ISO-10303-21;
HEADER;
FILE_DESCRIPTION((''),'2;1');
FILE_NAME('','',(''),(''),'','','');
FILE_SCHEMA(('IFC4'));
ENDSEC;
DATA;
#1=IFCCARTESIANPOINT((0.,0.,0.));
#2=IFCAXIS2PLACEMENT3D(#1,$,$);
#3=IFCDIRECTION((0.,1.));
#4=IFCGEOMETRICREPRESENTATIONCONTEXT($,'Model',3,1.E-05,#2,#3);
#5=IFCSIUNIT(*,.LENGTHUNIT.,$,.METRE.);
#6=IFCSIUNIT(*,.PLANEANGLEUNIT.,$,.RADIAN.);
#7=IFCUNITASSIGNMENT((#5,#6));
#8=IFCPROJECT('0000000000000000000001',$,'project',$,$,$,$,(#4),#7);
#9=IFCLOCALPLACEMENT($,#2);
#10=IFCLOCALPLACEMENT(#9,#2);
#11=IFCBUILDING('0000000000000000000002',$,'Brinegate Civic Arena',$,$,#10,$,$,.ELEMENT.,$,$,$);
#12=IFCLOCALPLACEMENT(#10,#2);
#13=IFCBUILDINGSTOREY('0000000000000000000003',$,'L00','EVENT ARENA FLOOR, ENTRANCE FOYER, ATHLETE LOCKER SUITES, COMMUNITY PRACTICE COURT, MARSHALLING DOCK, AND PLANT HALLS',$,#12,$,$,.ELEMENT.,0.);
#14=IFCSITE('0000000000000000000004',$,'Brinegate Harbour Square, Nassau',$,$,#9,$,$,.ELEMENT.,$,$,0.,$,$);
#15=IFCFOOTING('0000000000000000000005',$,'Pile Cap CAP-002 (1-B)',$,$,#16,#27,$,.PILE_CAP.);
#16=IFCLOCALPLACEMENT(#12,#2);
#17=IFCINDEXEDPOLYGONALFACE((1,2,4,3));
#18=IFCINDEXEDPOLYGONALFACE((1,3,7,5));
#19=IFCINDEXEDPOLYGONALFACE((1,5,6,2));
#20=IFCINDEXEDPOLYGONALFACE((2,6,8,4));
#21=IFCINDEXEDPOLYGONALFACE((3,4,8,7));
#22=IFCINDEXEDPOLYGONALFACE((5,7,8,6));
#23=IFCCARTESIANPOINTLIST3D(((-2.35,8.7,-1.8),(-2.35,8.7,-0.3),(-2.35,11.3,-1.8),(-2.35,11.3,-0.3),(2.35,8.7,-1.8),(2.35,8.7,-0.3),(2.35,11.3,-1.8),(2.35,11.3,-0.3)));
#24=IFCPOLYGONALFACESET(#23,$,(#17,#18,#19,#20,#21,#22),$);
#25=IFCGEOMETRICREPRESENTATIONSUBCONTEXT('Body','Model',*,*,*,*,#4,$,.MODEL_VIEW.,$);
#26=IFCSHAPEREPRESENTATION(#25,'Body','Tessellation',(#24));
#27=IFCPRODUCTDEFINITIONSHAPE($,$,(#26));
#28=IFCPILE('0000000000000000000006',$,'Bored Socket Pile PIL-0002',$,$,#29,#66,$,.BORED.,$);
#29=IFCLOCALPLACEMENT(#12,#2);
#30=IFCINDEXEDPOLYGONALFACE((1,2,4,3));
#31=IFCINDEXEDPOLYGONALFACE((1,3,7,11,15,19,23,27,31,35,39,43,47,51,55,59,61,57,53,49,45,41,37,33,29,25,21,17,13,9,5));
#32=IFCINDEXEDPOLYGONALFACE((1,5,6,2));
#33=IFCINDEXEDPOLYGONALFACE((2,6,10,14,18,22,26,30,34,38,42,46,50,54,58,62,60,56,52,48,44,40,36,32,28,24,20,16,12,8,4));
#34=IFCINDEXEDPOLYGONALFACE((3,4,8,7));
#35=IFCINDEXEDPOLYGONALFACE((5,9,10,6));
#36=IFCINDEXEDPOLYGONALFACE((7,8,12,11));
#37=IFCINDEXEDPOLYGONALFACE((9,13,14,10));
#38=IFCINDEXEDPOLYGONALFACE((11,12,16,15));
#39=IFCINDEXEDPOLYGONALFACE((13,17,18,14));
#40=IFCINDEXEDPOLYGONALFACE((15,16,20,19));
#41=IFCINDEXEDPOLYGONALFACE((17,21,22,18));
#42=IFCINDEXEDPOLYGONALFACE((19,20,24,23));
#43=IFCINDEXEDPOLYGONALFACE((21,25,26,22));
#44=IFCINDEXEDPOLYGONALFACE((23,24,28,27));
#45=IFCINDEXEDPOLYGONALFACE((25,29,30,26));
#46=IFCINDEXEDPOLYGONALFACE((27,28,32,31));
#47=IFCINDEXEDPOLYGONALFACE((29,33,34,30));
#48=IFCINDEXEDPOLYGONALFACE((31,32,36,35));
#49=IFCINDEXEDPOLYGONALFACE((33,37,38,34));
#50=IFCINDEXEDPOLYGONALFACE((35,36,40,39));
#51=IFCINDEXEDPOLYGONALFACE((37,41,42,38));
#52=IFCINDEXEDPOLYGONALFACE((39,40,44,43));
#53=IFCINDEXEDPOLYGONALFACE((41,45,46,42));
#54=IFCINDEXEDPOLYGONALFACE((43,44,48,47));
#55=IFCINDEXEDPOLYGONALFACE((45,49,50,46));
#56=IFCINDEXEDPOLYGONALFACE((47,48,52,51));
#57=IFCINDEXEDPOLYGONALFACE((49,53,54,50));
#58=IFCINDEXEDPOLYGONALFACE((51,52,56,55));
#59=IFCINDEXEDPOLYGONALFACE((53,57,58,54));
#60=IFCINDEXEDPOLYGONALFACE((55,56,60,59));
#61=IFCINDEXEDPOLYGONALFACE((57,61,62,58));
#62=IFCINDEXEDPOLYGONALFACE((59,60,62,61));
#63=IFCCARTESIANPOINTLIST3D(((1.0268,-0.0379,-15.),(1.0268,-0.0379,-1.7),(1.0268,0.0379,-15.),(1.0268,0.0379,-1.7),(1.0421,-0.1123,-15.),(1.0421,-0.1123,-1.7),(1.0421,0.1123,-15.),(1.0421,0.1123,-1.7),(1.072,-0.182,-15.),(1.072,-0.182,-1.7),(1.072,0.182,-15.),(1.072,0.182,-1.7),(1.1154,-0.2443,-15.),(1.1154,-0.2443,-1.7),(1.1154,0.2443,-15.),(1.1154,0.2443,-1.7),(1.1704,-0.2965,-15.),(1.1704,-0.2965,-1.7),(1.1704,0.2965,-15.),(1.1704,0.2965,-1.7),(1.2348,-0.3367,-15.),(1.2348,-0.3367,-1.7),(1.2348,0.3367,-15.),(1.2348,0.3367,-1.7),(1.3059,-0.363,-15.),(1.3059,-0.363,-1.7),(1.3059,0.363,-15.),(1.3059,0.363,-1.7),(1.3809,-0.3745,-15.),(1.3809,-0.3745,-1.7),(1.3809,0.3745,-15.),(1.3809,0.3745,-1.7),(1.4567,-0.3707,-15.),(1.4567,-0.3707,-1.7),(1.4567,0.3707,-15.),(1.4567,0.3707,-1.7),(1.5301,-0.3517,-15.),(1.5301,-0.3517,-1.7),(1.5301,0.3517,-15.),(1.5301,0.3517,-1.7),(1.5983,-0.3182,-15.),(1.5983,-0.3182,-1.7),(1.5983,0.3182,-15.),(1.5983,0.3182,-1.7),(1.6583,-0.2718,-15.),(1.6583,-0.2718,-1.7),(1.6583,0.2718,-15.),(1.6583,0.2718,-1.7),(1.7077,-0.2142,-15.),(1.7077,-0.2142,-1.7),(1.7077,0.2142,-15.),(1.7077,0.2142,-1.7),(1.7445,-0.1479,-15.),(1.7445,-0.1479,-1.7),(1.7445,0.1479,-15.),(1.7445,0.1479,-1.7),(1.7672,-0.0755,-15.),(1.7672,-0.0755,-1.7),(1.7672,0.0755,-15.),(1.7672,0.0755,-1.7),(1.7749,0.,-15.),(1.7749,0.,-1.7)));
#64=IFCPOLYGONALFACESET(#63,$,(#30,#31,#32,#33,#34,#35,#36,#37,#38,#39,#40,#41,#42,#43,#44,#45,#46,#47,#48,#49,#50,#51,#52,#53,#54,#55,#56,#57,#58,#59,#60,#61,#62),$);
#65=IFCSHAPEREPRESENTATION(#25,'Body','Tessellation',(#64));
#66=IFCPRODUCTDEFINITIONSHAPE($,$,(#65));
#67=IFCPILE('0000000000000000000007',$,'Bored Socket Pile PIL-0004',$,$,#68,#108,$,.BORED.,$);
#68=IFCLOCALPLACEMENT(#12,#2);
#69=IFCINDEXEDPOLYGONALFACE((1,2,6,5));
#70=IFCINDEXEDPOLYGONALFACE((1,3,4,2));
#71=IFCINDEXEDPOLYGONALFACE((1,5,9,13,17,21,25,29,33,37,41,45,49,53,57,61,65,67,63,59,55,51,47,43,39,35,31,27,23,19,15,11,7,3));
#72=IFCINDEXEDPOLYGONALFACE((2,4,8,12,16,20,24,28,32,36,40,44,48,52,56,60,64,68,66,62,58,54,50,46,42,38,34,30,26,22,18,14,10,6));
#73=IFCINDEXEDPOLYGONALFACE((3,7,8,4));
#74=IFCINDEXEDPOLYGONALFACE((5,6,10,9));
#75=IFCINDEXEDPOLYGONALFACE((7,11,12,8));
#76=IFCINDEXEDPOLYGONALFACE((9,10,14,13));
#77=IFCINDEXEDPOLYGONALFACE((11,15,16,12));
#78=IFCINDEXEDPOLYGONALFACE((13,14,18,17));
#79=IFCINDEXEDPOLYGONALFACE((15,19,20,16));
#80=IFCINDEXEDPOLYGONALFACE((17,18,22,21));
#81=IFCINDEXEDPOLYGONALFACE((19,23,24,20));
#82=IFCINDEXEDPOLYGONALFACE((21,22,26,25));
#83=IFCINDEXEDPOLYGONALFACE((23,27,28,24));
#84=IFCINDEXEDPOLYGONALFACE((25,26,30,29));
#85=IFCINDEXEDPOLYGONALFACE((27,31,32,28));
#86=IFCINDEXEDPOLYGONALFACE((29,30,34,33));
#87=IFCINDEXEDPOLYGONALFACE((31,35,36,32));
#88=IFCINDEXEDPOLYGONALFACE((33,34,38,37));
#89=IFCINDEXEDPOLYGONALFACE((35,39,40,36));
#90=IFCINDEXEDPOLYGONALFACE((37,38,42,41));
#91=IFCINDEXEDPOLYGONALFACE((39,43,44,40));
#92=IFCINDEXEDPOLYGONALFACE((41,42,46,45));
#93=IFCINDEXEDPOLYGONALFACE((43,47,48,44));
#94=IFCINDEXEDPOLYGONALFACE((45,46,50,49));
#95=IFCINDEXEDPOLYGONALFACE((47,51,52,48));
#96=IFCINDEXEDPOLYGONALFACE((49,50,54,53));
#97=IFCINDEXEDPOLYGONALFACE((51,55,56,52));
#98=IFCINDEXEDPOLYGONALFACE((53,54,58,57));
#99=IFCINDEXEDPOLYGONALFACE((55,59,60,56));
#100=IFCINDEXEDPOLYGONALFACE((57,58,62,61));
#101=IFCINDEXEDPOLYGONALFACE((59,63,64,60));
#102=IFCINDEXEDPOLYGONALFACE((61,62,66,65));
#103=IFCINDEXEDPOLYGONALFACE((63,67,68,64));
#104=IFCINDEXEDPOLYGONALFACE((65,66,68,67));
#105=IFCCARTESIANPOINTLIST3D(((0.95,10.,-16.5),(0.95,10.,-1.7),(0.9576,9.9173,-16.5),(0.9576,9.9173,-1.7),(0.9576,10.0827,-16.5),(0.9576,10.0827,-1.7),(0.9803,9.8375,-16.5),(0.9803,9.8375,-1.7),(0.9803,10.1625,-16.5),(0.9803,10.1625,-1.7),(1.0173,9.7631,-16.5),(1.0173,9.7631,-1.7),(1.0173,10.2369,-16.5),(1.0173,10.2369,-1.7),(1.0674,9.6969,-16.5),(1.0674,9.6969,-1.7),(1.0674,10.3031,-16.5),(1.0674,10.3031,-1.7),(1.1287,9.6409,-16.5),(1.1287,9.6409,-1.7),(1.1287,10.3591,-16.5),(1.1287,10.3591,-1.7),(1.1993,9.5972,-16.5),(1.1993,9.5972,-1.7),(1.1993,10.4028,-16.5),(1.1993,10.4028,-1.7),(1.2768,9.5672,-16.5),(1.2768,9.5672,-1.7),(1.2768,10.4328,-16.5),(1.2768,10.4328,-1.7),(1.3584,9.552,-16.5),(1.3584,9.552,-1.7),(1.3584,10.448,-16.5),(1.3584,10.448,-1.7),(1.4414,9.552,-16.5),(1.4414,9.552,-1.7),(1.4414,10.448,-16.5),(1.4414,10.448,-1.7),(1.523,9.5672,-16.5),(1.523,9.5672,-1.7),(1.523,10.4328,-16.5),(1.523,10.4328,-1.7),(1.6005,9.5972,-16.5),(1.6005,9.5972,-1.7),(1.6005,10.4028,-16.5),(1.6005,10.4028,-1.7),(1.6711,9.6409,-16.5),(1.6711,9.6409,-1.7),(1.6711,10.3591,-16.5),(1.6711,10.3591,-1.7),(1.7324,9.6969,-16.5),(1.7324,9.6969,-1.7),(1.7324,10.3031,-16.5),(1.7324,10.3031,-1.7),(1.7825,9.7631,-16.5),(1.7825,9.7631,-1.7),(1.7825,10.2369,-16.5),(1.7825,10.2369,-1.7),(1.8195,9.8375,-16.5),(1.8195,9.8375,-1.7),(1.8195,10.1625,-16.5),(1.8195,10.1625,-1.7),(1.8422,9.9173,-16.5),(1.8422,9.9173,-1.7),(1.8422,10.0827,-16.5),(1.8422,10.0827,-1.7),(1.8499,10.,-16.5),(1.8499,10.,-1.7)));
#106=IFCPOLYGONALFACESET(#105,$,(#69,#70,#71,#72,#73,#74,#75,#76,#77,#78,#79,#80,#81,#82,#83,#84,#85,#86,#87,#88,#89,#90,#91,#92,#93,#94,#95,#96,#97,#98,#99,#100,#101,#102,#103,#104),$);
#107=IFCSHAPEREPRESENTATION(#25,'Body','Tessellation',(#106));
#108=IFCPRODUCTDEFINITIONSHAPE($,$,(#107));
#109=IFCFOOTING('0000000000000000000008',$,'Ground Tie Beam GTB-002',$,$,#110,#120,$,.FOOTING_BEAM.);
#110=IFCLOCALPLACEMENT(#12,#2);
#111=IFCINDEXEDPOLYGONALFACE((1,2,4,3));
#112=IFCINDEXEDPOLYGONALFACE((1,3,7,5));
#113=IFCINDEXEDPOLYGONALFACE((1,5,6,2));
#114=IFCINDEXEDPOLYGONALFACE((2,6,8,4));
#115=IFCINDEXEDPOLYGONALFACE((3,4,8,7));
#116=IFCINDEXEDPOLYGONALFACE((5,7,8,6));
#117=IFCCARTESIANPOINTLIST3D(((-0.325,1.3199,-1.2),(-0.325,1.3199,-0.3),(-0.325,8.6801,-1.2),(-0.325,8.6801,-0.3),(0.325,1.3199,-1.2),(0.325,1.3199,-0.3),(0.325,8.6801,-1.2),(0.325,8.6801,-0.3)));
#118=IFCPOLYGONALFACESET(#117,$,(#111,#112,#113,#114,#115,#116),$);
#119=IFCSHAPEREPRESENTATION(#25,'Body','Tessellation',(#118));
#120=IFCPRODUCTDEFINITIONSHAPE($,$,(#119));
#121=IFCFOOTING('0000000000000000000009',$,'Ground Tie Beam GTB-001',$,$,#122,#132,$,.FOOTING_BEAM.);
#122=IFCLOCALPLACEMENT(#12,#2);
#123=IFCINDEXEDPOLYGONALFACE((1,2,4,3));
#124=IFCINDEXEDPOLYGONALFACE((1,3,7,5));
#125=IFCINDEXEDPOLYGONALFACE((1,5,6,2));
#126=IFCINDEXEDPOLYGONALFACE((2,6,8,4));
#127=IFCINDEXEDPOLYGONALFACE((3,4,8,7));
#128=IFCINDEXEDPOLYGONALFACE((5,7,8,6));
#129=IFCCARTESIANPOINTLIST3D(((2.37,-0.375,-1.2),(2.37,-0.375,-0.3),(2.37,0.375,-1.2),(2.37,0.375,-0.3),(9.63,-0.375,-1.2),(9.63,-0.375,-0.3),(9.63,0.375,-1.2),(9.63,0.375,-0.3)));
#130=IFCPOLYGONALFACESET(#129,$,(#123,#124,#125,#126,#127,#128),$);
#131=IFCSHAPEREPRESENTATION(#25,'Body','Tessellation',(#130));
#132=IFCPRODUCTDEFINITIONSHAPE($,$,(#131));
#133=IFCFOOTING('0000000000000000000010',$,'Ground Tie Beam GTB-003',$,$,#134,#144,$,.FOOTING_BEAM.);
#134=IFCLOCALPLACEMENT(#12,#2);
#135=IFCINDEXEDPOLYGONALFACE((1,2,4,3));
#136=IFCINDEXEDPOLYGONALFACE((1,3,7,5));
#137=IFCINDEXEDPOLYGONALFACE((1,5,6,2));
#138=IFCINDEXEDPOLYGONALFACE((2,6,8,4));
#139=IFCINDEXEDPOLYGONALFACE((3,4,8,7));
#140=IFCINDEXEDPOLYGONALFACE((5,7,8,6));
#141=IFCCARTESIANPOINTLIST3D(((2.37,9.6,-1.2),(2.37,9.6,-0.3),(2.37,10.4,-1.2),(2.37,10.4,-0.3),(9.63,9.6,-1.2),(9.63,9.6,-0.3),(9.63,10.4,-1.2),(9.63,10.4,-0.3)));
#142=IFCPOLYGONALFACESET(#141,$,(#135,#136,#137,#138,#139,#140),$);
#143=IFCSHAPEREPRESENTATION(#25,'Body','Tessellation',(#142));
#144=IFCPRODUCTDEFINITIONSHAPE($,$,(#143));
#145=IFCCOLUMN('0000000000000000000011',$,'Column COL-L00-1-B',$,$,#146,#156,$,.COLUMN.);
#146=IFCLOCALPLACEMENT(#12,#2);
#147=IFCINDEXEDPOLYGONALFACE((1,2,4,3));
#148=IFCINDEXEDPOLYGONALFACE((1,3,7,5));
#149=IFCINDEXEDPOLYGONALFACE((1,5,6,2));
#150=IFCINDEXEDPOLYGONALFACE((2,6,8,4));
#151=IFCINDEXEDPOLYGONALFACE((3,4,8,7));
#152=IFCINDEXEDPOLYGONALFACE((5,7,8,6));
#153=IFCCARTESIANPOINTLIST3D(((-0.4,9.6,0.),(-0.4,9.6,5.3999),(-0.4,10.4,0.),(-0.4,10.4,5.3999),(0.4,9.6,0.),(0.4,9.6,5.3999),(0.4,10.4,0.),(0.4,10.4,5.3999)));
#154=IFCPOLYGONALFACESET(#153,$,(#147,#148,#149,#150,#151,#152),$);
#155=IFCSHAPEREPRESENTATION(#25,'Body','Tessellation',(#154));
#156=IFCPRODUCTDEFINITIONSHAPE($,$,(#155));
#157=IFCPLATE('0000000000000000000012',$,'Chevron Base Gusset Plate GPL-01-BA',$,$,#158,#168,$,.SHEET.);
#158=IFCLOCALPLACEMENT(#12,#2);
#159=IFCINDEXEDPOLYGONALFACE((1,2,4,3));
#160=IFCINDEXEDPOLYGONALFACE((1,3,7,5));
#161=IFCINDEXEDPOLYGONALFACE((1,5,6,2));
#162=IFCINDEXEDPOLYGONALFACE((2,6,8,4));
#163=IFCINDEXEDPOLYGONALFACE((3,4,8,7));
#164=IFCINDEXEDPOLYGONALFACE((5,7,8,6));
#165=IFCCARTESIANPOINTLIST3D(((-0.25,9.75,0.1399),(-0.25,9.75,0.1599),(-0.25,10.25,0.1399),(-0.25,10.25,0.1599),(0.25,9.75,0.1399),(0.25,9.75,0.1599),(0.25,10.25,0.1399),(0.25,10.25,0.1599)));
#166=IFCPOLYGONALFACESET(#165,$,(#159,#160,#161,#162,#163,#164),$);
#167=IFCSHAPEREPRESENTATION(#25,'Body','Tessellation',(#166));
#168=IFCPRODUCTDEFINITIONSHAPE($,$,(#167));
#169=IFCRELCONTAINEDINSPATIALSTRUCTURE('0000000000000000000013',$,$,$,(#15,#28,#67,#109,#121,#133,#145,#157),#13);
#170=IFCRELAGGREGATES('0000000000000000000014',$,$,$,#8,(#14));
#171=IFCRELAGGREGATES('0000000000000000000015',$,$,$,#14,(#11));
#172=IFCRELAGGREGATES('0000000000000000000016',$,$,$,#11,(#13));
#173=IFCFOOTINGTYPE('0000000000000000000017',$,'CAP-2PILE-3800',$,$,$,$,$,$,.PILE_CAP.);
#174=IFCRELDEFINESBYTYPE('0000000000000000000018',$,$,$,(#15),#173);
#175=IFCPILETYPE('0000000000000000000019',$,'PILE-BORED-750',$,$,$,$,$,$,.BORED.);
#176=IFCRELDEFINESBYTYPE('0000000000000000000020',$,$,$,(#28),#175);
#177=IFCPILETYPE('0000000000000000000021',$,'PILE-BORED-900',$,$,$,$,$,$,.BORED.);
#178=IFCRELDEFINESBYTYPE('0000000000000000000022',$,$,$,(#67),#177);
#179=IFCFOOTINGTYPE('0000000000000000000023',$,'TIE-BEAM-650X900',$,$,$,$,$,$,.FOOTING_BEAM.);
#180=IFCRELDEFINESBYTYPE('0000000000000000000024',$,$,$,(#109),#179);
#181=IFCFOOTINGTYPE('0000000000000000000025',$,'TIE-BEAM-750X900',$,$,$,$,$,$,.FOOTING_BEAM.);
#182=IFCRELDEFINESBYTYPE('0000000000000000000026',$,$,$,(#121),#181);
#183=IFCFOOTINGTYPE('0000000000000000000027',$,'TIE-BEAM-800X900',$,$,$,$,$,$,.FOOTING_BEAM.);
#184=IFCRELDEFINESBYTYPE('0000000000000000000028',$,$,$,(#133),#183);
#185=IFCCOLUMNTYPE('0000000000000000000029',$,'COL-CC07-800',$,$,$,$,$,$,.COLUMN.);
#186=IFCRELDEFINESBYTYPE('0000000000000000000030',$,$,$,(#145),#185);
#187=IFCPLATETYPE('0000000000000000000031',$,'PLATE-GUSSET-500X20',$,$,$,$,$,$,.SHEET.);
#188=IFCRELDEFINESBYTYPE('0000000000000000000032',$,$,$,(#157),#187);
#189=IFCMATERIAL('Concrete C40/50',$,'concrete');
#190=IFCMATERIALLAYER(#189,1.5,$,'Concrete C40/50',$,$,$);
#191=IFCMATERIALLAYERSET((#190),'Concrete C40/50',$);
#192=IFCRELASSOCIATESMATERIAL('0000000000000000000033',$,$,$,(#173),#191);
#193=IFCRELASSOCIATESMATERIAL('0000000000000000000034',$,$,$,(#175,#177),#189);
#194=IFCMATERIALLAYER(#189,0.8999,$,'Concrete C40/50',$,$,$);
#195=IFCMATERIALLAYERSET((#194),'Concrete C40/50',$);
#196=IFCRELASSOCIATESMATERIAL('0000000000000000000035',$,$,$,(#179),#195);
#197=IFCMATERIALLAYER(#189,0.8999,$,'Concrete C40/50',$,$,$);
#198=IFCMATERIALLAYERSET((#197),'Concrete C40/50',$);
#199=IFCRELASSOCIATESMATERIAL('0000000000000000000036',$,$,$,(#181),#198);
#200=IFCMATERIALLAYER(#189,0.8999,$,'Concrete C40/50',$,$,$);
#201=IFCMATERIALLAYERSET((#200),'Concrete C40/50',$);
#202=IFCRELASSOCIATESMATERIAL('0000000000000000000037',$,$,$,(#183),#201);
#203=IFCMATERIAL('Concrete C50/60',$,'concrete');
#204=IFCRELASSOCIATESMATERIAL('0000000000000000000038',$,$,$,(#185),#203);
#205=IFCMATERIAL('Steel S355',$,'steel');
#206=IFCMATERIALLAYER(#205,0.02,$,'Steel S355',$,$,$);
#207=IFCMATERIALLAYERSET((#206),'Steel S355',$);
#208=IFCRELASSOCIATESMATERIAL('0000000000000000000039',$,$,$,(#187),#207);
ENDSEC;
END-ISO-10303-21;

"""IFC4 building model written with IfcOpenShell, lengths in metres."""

from ifc_helpers import new_model, si_unit, direction, frame, origin, origin_2d, place, context, subcontext, project, spatial, rectangle, circle, extrude, material, layer, layer_set, material_profile, profile_set, type_object, element, save


model = new_model("IFC4")

# Units and contexts
model_context = context("Model", 3, precision=1e-05, world=origin(), true_north=direction((0.0, 1.0)))
body_context = subcontext(model_context, "Body", "Model", "MODEL_VIEW")
ifc_project = project(units=[si_unit("LENGTHUNIT", "METRE"), si_unit("PLANEANGLEUNIT", "RADIAN")], contexts=[model_context])

# Site, building, storey
site_placement = place(None, origin())
site = spatial("IfcSite", under=ifc_project, at=site_placement, Name="Brinegate Harbour Square, Nassau", CompositionType="ELEMENT", RefElevation=0.0)
building_placement = place(site_placement, origin())
building = spatial("IfcBuilding", under=site, at=building_placement, Name="Brinegate Civic Arena", CompositionType="ELEMENT")
storey_placement = place(building_placement, origin())
storey = spatial("IfcBuildingStorey", under=building, at=storey_placement, Name="L00", Description="EVENT ARENA FLOOR, ENTRANCE FOYER, ATHLETE LOCKER SUITES, COMMUNITY PRACTICE COURT, MARSHALLING DOCK, AND PLANT HALLS", CompositionType="ELEMENT", Elevation=0.0)

# Footing
ifc_material_1 = material(Name="Concrete C40/50", Category="concrete")
ifc_layer_1 = layer(ifc_material_1, 1.5, Name="Concrete C40/50")
ifc_layer_set_1 = layer_set([ifc_layer_1], Name="Concrete C40/50")
footing_type_1 = type_object("IfcFootingType", Name="CAP-2PILE-3800", PredefinedType="PILE_CAP", material=ifc_layer_set_1)
footing_1_placement = place(storey_placement, frame((0.0, 10.0, -1.8), z_axis=(0.0, 0.0, 1.0), x_axis=(1.0, 0.0, 0.0)))
element("IfcFooting", 1, at=footing_1_placement, inside=storey, type_object=footing_type_1, Name="Pile Cap CAP-002 (1-B)", PredefinedType="PILE_CAP", context=body_context, shape_type="SweptSolid", body=[
    extrude(rectangle(XDim=4.7, YDim=2.6001, at=origin_2d()), origin(), (0.0, 0.0, 1.0), 1.5),
])

# Piles
ifc_material_profile_1 = material_profile(ifc_material_1, circle(Radius=0.375, at=origin_2d()), Name="PILED750")
ifc_profile_set_1 = profile_set([ifc_material_profile_1], Name="Concrete C40/50")
pile_type_1 = type_object("IfcPileType", Name="PILE-BORED-750", PredefinedType="BORED", material=ifc_profile_set_1)
pile_1_placement = place(storey_placement, frame((1.3999, 0.0, -1.7), z_axis=(0.0, 0.0, -1.0), x_axis=(1.0, 0.0, 0.0)))
element("IfcPile", 2, at=pile_1_placement, inside=storey, type_object=pile_type_1, Name="Bored Socket Pile PIL-0002", PredefinedType="BORED", context=body_context, shape_type="SweptSolid", body=[
    extrude(circle(Radius=0.375, at=origin_2d()), origin(), (0.0, 0.0, 1.0), 13.3),
])
ifc_material_profile_2 = material_profile(ifc_material_1, circle(Radius=0.45, at=origin_2d()), Name="PILED900")
ifc_profile_set_2 = profile_set([ifc_material_profile_2], Name="Concrete C40/50")
pile_type_2 = type_object("IfcPileType", Name="PILE-BORED-900", PredefinedType="BORED", material=ifc_profile_set_2)
pile_2_placement = place(storey_placement, frame((1.3999, 10.0, -1.7), z_axis=(0.0, 0.0, -1.0), x_axis=(1.0, 0.0, 0.0)))
element("IfcPile", 3, at=pile_2_placement, inside=storey, type_object=pile_type_2, Name="Bored Socket Pile PIL-0004", PredefinedType="BORED", context=body_context, shape_type="SweptSolid", body=[
    extrude(circle(Radius=0.45, at=origin_2d()), origin(), (0.0, 0.0, 1.0), 14.8),
])

# Footings
ifc_layer_2 = layer(ifc_material_1, 0.8999, Name="Concrete C40/50")
ifc_layer_set_2 = layer_set([ifc_layer_2], Name="Concrete C40/50")
footing_type_2 = type_object("IfcFootingType", Name="TIE-BEAM-650X900", PredefinedType="FOOTING_BEAM", material=ifc_layer_set_2)
footing_2_placement = place(storey_placement, frame((0.0, 5.0, -1.2), z_axis=(0.0, 0.0, 1.0), x_axis=(0.0, 1.0, 0.0)))
element("IfcFooting", 4, at=footing_2_placement, inside=storey, type_object=footing_type_2, Name="Ground Tie Beam GTB-002", PredefinedType="FOOTING_BEAM", context=body_context, shape_type="SweptSolid", body=[
    extrude(rectangle(XDim=7.3601, YDim=0.6499, at=origin_2d()), origin(), (0.0, 0.0, 1.0), 0.8999),
])
ifc_layer_3 = layer(ifc_material_1, 0.8999, Name="Concrete C40/50")
ifc_layer_set_3 = layer_set([ifc_layer_3], Name="Concrete C40/50")
footing_type_3 = type_object("IfcFootingType", Name="TIE-BEAM-750X900", PredefinedType="FOOTING_BEAM", material=ifc_layer_set_3)
footing_3_placement = place(storey_placement, frame((6.0, 0.0, -1.2), z_axis=(0.0, 0.0, 1.0), x_axis=(1.0, 0.0, 0.0)))
element("IfcFooting", 5, at=footing_3_placement, inside=storey, type_object=footing_type_3, Name="Ground Tie Beam GTB-001", PredefinedType="FOOTING_BEAM", context=body_context, shape_type="SweptSolid", body=[
    extrude(rectangle(XDim=7.26, YDim=0.75, at=origin_2d()), origin(), (0.0, 0.0, 1.0), 0.8999),
])
ifc_layer_4 = layer(ifc_material_1, 0.8999, Name="Concrete C40/50")
ifc_layer_set_4 = layer_set([ifc_layer_4], Name="Concrete C40/50")
footing_type_4 = type_object("IfcFootingType", Name="TIE-BEAM-800X900", PredefinedType="FOOTING_BEAM", material=ifc_layer_set_4)
footing_4_placement = place(storey_placement, frame((6.0, 10.0, -1.2), z_axis=(0.0, 0.0, 1.0), x_axis=(1.0, 0.0, 0.0)))
element("IfcFooting", 6, at=footing_4_placement, inside=storey, type_object=footing_type_4, Name="Ground Tie Beam GTB-003", PredefinedType="FOOTING_BEAM", context=body_context, shape_type="SweptSolid", body=[
    extrude(rectangle(XDim=7.26, YDim=0.8, at=origin_2d()), origin(), (0.0, 0.0, 1.0), 0.8999),
])

# Column
ifc_material_2 = material(Name="Concrete C50/60", Category="concrete")
ifc_material_profile_3 = material_profile(ifc_material_2, rectangle(XDim=0.8, YDim=0.8, at=origin_2d()), Name="RC800X800")
ifc_profile_set_3 = profile_set([ifc_material_profile_3], Name="Concrete C50/60")
column_type = type_object("IfcColumnType", Name="COL-CC07-800", PredefinedType="COLUMN", material=ifc_profile_set_3)
column_placement = place(storey_placement, frame((0.0, 10.0, 0.0), z_axis=(0.0, 0.0, 1.0), x_axis=(1.0, 0.0, 0.0)))
element("IfcColumn", 7, at=column_placement, inside=storey, type_object=column_type, Name="Column COL-L00-1-B", PredefinedType="COLUMN", context=body_context, shape_type="SweptSolid", body=[
    extrude(rectangle(XDim=0.8, YDim=0.8, at=origin_2d()), origin(), (0.0, 0.0, 1.0), 5.3999),
])

# Plate
ifc_material_3 = material(Name="Steel S355", Category="steel")
ifc_layer_5 = layer(ifc_material_3, 0.02, Name="Steel S355")
ifc_layer_set_5 = layer_set([ifc_layer_5], Name="Steel S355")
plate_type = type_object("IfcPlateType", Name="PLATE-GUSSET-500X20", PredefinedType="SHEET", material=ifc_layer_set_5)
plate_placement = place(storey_placement, frame((0.0, 10.0, 0.1399), z_axis=(0.0, 0.0, 1.0), x_axis=(1.0, 0.0, 0.0)))
element("IfcPlate", 8, at=plate_placement, inside=storey, type_object=plate_type, Name="Chevron Base Gusset Plate GPL-01-BA", PredefinedType="SHEET", context=body_context, shape_type="SweptSolid", body=[
    extrude(rectangle(XDim=0.5, YDim=0.5, at=origin_2d()), origin(), (0.0, 0.0, 1.0), 0.02),
])

save(model, "model.ifc")
